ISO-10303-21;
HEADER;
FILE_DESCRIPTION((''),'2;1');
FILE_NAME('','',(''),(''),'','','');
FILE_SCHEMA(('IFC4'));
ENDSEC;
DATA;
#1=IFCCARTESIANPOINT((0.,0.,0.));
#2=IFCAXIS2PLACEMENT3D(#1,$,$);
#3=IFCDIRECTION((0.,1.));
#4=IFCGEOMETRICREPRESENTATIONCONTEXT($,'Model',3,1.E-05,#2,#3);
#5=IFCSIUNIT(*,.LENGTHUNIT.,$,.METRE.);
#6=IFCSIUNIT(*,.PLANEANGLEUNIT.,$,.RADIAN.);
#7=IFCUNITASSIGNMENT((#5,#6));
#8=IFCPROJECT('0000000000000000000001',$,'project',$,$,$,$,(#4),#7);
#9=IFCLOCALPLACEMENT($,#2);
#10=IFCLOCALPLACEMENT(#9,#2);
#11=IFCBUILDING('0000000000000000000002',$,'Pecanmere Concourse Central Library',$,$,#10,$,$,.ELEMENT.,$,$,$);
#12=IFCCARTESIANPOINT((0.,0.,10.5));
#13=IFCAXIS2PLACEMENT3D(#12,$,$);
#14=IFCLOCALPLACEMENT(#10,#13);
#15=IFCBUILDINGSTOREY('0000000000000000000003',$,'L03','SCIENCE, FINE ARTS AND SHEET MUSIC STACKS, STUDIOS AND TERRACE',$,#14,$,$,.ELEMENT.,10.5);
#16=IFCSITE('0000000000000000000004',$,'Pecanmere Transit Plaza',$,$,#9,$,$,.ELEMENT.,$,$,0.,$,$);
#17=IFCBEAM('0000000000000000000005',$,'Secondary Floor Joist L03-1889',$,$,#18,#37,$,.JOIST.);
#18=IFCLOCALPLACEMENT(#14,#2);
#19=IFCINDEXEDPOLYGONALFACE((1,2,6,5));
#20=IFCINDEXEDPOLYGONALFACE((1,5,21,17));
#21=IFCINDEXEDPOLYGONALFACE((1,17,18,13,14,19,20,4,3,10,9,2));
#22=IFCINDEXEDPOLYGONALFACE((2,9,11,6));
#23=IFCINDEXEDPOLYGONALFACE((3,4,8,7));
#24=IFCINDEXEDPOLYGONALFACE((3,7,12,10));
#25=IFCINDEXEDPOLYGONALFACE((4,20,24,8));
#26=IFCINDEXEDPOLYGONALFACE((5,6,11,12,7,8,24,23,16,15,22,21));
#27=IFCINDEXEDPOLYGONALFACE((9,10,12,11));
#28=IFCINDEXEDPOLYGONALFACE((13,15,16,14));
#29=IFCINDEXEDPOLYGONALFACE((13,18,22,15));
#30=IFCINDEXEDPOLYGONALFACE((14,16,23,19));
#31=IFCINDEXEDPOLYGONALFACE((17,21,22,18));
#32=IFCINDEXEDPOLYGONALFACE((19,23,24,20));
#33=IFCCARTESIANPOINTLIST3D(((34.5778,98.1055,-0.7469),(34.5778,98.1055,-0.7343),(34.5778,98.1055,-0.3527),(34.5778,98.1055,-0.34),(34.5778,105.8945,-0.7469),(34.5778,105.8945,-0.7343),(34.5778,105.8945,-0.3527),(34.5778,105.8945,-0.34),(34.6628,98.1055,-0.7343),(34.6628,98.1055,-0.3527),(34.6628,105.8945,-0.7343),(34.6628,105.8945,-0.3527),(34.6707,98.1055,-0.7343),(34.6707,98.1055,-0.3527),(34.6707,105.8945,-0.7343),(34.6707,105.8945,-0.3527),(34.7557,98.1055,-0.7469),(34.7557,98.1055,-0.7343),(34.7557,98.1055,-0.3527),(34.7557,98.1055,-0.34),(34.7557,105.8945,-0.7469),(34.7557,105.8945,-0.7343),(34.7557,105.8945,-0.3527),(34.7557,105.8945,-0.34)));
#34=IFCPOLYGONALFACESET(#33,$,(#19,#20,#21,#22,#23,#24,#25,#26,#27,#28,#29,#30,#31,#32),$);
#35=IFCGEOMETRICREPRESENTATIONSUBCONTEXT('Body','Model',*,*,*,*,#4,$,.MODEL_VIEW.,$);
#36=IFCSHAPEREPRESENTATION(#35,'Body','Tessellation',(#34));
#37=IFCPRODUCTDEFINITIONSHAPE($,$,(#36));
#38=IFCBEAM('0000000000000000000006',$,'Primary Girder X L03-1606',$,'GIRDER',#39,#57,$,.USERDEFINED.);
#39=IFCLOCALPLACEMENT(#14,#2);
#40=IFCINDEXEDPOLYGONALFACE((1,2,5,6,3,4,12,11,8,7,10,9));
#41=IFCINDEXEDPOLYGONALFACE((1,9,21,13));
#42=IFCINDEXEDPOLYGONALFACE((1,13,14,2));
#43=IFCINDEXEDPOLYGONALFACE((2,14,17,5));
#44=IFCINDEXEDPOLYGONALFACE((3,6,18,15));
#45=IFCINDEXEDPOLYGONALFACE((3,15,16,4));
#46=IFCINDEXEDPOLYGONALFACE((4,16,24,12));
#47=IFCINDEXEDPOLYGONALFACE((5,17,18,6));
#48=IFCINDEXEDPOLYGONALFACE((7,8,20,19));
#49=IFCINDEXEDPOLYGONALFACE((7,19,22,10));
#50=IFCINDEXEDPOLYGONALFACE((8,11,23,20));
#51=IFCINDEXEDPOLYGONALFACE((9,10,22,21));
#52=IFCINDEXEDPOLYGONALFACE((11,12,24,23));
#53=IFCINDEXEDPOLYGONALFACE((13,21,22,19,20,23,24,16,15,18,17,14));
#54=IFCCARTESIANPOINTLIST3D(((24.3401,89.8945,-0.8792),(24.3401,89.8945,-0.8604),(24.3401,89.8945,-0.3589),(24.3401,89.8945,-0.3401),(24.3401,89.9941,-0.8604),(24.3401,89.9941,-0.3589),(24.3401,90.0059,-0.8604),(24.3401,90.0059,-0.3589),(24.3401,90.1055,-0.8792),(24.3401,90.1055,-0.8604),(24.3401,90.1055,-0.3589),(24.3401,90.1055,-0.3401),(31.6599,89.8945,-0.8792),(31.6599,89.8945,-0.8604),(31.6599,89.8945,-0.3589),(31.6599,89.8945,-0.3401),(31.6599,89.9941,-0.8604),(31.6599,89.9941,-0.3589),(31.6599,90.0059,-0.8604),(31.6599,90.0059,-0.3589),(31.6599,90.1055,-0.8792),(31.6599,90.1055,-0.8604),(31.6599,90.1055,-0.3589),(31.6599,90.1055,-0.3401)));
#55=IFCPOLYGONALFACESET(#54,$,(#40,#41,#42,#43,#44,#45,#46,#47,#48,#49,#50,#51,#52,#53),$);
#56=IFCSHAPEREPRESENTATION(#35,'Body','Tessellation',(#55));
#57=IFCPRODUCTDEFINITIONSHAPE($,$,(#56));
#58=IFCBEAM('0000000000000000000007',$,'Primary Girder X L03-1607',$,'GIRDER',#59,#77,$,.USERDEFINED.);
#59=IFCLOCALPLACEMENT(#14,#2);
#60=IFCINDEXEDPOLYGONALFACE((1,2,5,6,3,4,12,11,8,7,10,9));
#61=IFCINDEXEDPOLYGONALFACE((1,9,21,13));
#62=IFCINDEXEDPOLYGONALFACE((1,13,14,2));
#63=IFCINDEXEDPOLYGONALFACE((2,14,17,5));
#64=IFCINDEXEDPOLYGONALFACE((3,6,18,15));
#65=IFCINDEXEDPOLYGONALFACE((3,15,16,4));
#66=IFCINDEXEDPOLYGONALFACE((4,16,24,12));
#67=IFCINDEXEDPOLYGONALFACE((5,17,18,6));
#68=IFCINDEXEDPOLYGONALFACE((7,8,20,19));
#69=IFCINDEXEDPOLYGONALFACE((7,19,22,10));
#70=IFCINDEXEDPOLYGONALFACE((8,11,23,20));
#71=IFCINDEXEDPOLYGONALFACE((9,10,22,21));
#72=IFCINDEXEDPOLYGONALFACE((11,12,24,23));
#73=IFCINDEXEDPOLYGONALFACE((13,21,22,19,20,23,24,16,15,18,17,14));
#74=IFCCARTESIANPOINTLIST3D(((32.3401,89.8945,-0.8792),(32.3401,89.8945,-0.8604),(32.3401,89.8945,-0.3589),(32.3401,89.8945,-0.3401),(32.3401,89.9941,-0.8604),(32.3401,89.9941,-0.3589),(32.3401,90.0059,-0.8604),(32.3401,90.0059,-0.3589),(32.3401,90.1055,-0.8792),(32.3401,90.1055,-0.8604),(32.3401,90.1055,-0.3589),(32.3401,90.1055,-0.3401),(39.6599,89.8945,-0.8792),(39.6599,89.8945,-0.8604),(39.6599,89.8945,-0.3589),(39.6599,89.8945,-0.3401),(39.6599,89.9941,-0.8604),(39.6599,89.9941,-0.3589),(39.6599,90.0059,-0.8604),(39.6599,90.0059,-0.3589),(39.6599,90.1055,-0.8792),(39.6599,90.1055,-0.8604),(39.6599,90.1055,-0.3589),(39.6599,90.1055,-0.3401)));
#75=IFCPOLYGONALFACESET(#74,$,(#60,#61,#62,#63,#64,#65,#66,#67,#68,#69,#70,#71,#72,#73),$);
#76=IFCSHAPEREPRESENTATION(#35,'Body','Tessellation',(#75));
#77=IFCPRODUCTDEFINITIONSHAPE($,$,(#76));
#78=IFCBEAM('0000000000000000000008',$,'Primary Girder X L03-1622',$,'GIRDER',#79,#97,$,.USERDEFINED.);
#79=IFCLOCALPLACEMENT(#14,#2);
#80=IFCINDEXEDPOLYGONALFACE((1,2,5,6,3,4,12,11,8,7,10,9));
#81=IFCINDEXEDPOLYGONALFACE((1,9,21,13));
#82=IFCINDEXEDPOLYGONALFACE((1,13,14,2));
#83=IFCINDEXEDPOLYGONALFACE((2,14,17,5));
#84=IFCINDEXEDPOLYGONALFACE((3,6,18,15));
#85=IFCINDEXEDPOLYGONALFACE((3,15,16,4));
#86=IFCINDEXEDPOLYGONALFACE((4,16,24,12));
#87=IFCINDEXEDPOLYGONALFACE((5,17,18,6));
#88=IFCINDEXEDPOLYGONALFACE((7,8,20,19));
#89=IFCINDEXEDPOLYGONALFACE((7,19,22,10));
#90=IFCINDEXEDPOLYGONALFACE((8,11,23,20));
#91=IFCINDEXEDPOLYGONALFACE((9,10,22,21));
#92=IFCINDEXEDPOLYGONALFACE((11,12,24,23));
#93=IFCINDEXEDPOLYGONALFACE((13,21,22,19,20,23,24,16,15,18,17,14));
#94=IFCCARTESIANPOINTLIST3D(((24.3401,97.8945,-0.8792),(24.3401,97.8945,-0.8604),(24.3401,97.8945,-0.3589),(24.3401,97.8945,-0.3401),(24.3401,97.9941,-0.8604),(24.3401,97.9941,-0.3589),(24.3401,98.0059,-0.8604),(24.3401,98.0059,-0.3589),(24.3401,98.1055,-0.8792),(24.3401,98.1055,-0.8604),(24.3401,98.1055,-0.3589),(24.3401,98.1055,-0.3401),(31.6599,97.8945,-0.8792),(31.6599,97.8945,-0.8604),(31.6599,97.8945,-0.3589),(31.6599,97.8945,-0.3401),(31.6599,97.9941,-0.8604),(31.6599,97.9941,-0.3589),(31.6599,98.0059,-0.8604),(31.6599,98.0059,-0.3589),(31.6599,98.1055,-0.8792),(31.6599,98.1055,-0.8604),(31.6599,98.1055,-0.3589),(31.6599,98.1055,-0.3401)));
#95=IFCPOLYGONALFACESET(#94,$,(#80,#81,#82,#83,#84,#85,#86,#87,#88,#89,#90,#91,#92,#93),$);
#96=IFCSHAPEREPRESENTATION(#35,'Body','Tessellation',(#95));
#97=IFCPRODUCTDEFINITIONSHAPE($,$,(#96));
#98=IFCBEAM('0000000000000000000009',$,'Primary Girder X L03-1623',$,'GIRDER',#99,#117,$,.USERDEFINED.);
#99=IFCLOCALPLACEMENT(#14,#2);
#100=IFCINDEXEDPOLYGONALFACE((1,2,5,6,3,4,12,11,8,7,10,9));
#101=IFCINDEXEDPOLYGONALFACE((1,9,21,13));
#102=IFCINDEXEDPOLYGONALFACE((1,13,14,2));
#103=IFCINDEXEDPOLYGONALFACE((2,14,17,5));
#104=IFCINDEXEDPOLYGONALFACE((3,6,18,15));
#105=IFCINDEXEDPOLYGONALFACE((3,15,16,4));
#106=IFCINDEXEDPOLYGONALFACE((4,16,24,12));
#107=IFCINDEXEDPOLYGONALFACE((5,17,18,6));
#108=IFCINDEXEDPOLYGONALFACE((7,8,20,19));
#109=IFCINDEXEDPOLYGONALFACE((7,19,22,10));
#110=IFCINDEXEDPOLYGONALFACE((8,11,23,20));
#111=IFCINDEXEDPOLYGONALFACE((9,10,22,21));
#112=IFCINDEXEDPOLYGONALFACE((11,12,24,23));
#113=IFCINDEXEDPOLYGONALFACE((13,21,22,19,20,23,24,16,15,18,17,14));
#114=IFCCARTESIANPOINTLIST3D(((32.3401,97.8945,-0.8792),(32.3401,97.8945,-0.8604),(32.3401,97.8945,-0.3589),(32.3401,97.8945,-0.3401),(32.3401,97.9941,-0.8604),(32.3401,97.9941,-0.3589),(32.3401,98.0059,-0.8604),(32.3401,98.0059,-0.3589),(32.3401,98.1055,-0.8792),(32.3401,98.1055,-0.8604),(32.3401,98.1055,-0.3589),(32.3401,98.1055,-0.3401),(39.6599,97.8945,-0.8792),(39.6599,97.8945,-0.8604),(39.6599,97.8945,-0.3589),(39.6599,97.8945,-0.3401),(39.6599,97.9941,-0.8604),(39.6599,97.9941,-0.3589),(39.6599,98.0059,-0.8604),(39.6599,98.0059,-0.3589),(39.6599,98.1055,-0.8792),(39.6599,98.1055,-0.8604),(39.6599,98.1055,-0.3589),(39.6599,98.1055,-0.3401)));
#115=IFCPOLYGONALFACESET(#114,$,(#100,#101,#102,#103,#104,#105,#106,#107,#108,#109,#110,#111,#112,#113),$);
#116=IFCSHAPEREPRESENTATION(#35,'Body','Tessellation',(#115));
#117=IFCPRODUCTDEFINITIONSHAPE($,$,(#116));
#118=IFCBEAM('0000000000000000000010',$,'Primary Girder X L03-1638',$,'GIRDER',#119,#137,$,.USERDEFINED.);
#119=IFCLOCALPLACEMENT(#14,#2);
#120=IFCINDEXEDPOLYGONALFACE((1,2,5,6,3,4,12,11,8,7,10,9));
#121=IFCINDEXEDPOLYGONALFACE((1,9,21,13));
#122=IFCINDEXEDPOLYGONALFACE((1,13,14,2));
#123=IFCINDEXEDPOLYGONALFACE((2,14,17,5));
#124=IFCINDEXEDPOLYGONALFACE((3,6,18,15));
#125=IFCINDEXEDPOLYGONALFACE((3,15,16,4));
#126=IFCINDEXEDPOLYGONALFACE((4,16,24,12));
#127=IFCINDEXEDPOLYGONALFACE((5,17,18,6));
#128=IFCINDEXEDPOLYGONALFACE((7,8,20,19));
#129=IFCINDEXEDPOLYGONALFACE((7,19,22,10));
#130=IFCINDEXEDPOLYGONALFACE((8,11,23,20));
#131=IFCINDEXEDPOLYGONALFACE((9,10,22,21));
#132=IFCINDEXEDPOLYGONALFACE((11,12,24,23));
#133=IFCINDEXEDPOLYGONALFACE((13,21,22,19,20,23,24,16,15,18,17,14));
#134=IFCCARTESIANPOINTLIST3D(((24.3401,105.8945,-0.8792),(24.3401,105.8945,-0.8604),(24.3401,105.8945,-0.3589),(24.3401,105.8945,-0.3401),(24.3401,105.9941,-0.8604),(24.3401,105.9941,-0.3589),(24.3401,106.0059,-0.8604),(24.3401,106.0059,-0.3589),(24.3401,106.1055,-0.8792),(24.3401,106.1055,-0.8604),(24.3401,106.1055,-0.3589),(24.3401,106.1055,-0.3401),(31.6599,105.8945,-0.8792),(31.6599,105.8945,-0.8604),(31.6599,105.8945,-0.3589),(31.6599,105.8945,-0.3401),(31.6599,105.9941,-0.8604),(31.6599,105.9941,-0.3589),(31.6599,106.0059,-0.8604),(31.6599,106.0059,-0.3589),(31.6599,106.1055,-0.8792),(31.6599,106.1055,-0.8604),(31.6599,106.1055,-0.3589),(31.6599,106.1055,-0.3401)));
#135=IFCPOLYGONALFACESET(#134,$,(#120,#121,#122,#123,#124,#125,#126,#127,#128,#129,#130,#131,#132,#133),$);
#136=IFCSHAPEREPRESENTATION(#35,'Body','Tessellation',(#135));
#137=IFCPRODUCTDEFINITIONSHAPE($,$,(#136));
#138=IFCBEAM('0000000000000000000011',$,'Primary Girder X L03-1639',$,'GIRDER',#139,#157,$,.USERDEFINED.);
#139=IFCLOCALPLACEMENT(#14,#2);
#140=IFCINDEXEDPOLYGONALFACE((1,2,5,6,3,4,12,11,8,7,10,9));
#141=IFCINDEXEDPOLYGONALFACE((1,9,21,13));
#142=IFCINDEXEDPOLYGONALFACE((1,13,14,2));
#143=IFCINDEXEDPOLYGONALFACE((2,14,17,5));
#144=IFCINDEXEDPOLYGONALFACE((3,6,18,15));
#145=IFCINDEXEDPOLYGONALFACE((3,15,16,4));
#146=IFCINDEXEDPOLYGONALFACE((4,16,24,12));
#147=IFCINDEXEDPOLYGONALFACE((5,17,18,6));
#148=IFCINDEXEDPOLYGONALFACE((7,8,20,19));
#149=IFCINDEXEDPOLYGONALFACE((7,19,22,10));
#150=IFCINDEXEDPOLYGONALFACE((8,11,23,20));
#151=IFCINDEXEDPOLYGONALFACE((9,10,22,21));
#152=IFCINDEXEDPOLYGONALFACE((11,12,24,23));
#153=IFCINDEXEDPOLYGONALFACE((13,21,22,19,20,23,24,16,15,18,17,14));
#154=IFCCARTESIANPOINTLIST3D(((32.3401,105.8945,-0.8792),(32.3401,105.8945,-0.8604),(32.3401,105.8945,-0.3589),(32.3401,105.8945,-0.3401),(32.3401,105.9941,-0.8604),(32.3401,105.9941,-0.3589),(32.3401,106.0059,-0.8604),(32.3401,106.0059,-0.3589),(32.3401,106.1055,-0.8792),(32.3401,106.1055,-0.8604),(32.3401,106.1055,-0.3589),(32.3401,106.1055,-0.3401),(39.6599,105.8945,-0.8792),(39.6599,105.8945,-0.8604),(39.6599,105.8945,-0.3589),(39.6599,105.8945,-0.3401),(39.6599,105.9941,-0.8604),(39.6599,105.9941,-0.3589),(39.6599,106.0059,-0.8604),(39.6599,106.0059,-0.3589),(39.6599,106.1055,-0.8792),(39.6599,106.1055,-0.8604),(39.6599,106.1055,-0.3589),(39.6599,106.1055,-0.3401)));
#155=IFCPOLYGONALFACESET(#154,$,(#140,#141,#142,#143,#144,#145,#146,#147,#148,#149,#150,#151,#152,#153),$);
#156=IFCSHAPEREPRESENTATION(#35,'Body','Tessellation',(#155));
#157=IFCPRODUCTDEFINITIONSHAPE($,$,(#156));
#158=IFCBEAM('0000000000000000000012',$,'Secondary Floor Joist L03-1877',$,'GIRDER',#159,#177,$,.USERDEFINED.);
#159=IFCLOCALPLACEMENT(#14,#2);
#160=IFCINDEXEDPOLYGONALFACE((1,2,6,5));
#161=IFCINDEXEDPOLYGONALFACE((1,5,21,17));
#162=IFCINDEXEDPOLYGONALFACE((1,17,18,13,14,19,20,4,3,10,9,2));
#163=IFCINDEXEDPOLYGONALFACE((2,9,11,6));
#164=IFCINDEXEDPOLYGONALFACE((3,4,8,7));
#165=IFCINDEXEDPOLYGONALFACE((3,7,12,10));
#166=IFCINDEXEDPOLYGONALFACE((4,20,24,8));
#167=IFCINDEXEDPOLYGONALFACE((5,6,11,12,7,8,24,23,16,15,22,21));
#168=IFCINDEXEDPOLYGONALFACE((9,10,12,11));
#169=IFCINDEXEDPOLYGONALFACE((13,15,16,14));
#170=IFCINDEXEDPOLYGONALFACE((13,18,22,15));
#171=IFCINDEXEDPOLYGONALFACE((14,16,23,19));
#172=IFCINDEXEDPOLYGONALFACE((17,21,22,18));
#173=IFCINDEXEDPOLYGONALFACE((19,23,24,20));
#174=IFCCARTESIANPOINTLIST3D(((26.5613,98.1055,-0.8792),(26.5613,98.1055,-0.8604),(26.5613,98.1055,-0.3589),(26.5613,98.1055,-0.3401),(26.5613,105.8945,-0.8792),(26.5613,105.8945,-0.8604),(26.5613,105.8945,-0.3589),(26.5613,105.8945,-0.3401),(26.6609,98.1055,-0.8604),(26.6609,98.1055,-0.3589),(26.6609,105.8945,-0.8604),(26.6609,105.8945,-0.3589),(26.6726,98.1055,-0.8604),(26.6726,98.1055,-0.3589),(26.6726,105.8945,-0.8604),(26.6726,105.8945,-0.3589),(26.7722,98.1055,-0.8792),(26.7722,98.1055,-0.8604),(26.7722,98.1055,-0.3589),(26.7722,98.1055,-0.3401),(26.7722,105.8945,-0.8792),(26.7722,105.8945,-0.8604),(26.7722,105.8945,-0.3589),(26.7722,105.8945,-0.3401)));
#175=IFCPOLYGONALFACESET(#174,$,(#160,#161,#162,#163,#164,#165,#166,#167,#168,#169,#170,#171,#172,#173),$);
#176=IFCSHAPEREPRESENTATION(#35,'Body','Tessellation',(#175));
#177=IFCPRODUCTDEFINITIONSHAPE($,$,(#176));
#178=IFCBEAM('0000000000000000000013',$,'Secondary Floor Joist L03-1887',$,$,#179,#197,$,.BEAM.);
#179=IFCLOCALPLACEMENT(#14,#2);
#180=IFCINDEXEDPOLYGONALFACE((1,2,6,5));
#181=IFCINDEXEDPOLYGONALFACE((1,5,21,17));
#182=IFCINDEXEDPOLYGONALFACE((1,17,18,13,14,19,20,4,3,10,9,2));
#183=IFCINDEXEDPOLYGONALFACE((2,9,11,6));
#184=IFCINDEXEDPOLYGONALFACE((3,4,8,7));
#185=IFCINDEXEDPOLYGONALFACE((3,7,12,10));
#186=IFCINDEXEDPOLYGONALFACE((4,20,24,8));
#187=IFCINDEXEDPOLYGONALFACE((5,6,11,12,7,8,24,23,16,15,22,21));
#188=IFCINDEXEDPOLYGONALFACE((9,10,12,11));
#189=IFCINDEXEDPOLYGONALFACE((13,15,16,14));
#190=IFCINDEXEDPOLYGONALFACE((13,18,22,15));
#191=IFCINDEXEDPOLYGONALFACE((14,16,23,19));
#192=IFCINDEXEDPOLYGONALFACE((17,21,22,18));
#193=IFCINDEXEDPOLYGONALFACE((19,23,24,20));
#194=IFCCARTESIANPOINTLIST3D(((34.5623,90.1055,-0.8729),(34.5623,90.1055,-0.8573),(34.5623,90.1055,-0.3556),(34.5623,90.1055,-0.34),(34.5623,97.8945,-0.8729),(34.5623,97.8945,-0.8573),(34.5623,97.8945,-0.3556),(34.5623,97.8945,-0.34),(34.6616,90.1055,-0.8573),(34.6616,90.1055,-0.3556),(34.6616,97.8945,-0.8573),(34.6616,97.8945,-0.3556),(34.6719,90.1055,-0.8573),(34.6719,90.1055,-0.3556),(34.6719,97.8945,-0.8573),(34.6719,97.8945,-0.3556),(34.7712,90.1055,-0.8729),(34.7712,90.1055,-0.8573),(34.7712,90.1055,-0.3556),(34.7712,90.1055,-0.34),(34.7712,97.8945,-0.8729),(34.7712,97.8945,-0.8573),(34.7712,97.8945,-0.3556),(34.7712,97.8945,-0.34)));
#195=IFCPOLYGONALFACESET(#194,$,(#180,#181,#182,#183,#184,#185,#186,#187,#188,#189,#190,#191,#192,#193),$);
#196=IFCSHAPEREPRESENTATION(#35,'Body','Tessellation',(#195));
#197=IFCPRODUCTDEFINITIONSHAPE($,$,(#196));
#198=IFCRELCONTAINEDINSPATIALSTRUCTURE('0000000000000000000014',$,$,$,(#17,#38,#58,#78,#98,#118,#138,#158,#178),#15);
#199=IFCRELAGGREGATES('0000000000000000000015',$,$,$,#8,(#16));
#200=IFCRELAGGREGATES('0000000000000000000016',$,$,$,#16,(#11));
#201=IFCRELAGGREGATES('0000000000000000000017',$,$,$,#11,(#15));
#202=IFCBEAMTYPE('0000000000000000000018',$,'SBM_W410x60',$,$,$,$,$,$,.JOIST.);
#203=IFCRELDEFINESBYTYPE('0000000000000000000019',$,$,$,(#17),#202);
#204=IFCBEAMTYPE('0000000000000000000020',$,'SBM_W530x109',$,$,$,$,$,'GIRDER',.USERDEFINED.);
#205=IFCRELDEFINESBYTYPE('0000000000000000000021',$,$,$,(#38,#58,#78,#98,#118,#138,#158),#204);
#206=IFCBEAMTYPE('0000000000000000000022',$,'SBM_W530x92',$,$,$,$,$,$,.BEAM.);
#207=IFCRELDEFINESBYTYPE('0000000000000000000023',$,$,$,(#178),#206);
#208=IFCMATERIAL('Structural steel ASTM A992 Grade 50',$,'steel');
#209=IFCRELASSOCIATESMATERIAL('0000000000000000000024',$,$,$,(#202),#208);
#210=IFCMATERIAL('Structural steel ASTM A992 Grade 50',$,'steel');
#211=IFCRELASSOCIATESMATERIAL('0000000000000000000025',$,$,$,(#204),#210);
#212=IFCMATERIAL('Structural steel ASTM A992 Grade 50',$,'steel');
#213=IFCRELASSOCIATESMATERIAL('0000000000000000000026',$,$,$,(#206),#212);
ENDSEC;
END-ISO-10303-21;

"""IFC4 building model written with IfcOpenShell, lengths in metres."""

from ifc_helpers import new_model, si_unit, direction, frame, origin, origin_2d, place, context, subcontext, project, spatial, i_section, extrude, material, material_profile, profile_set, type_object, element, save


model = new_model("IFC4")

# Units and contexts
model_context = context("Model", 3, precision=1e-05, world=origin(), true_north=direction((0.0, 1.0)))
body_context = subcontext(model_context, "Body", "Model", "MODEL_VIEW")
ifc_project = project(units=[si_unit("LENGTHUNIT", "METRE"), si_unit("PLANEANGLEUNIT", "RADIAN")], contexts=[model_context])

# Site, building, storey
site_placement = place(None, origin())
site = spatial("IfcSite", under=ifc_project, at=site_placement, Name="Pecanmere Transit Plaza", CompositionType="ELEMENT", RefElevation=0.0)
building_placement = place(site_placement, origin())
building = spatial("IfcBuilding", under=site, at=building_placement, Name="Pecanmere Concourse Central Library", CompositionType="ELEMENT")
storey_placement = place(building_placement, frame((0.0, 0.0, 10.5)))
storey = spatial("IfcBuildingStorey", under=building, at=storey_placement, Name="L03", Description="SCIENCE, FINE ARTS AND SHEET MUSIC STACKS, STUDIOS AND TERRACE", CompositionType="ELEMENT", Elevation=10.5)

# Beams
ifc_material_1 = material(Name="Structural steel ASTM A992 Grade 50", Category="steel")
ifc_material_profile_1 = material_profile(ifc_material_1, i_section(OverallWidth=0.178, OverallDepth=0.407, WebThickness=0.0078, FlangeThickness=0.0127, at=origin_2d()), Name="W410x60")
ifc_profile_set_1 = profile_set([ifc_material_profile_1], Name="Structural steel ASTM A992 Grade 50")
beam_type_1 = type_object("IfcBeamType", Name="SBM_W410x60", PredefinedType="JOIST", material=ifc_profile_set_1)
beam_1_placement = place(storey_placement, frame((34.6667, 98.1055, -0.5435), z_axis=(0.0, 1.0, 0.0), x_axis=(-1.0, 0.0, 0.0)))
element("IfcBeam", 1, at=beam_1_placement, inside=storey, type_object=beam_type_1, Name="Secondary Floor Joist L03-1889", PredefinedType="JOIST", context=body_context, shape_type="SweptSolid", body=[
    extrude(i_section(OverallWidth=0.178, OverallDepth=0.407, WebThickness=0.0078, FlangeThickness=0.0127, at=origin_2d()), origin(), (0.0, 0.0, 1.0), 7.7891),
])
ifc_material_2 = material(Name="Structural steel ASTM A992 Grade 50", Category="steel")
ifc_material_profile_2 = material_profile(ifc_material_2, i_section(OverallWidth=0.2109, OverallDepth=0.5391, WebThickness=0.0117, FlangeThickness=0.0188, at=origin_2d()), Name="W530x109")
ifc_profile_set_2 = profile_set([ifc_material_profile_2], Name="Structural steel ASTM A992 Grade 50")
beam_type_2 = type_object("IfcBeamType", Name="SBM_W530x109", ElementType="GIRDER", PredefinedType="USERDEFINED", material=ifc_profile_set_2)
for number, where, z_axis, x_axis, name in (
    (2, (24.3401, 90.0, -0.6096), (1.0, 0.0, 0.0), (0.0, 1.0, 0.0), "Primary Girder X L03-1606"),
    (3, (32.3401, 90.0, -0.6096), (1.0, 0.0, 0.0), (0.0, 1.0, 0.0), "Primary Girder X L03-1607"),
    (4, (24.3401, 98.0, -0.6096), (1.0, 0.0, 0.0), (0.0, 1.0, 0.0), "Primary Girder X L03-1622"),
    (5, (32.3401, 98.0, -0.6096), (1.0, 0.0, 0.0), (0.0, 1.0, 0.0), "Primary Girder X L03-1623"),
    (6, (24.3401, 106.0, -0.6096), (1.0, 0.0, 0.0), (0.0, 1.0, 0.0), "Primary Girder X L03-1638"),
    (7, (32.3401, 106.0, -0.6096), (1.0, 0.0, 0.0), (0.0, 1.0, 0.0), "Primary Girder X L03-1639"),
):
    element("IfcBeam", number, at=place(storey_placement, frame(where, z_axis=z_axis, x_axis=x_axis)), inside=storey, type_object=beam_type_2, Name=name, ObjectType="GIRDER", PredefinedType="USERDEFINED", context=body_context, shape_type="SweptSolid", body=[
        extrude(i_section(OverallWidth=0.2109, OverallDepth=0.5391, WebThickness=0.0117, FlangeThickness=0.0188, at=origin_2d()), origin(), (0.0, 0.0, 1.0), 7.3198),
    ])
beam_2_placement = place(storey_placement, frame((26.6667, 98.1055, -0.6096), z_axis=(0.0, 1.0, 0.0), x_axis=(-1.0, 0.0, 0.0)))
element("IfcBeam", 8, at=beam_2_placement, inside=storey, type_object=beam_type_2, Name="Secondary Floor Joist L03-1877", ObjectType="GIRDER", PredefinedType="USERDEFINED", context=body_context, shape_type="SweptSolid", body=[
    extrude(i_section(OverallWidth=0.2109, OverallDepth=0.5391, WebThickness=0.0117, FlangeThickness=0.0188, at=origin_2d()), origin(), (0.0, 0.0, 1.0), 7.7891),
])
ifc_material_3 = material(Name="Structural steel ASTM A992 Grade 50", Category="steel")
ifc_material_profile_3 = material_profile(ifc_material_3, i_section(OverallWidth=0.209, OverallDepth=0.533, WebThickness=0.0103, FlangeThickness=0.0156, at=origin_2d()), Name="W530x92")
ifc_profile_set_3 = profile_set([ifc_material_profile_3], Name="Structural steel ASTM A992 Grade 50")
beam_type_3 = type_object("IfcBeamType", Name="SBM_W530x92", PredefinedType="BEAM", material=ifc_profile_set_3)
beam_3_placement = place(storey_placement, frame((34.6667, 90.1055, -0.6064), z_axis=(0.0, 1.0, 0.0), x_axis=(-1.0, 0.0, 0.0)))
element("IfcBeam", 9, at=beam_3_placement, inside=storey, type_object=beam_type_3, Name="Secondary Floor Joist L03-1887", PredefinedType="BEAM", context=body_context, shape_type="SweptSolid", body=[
    extrude(i_section(OverallWidth=0.209, OverallDepth=0.533, WebThickness=0.0103, FlangeThickness=0.0156, at=origin_2d()), origin(), (0.0, 0.0, 1.0), 7.7891),
])

save(model, "model.ifc")
